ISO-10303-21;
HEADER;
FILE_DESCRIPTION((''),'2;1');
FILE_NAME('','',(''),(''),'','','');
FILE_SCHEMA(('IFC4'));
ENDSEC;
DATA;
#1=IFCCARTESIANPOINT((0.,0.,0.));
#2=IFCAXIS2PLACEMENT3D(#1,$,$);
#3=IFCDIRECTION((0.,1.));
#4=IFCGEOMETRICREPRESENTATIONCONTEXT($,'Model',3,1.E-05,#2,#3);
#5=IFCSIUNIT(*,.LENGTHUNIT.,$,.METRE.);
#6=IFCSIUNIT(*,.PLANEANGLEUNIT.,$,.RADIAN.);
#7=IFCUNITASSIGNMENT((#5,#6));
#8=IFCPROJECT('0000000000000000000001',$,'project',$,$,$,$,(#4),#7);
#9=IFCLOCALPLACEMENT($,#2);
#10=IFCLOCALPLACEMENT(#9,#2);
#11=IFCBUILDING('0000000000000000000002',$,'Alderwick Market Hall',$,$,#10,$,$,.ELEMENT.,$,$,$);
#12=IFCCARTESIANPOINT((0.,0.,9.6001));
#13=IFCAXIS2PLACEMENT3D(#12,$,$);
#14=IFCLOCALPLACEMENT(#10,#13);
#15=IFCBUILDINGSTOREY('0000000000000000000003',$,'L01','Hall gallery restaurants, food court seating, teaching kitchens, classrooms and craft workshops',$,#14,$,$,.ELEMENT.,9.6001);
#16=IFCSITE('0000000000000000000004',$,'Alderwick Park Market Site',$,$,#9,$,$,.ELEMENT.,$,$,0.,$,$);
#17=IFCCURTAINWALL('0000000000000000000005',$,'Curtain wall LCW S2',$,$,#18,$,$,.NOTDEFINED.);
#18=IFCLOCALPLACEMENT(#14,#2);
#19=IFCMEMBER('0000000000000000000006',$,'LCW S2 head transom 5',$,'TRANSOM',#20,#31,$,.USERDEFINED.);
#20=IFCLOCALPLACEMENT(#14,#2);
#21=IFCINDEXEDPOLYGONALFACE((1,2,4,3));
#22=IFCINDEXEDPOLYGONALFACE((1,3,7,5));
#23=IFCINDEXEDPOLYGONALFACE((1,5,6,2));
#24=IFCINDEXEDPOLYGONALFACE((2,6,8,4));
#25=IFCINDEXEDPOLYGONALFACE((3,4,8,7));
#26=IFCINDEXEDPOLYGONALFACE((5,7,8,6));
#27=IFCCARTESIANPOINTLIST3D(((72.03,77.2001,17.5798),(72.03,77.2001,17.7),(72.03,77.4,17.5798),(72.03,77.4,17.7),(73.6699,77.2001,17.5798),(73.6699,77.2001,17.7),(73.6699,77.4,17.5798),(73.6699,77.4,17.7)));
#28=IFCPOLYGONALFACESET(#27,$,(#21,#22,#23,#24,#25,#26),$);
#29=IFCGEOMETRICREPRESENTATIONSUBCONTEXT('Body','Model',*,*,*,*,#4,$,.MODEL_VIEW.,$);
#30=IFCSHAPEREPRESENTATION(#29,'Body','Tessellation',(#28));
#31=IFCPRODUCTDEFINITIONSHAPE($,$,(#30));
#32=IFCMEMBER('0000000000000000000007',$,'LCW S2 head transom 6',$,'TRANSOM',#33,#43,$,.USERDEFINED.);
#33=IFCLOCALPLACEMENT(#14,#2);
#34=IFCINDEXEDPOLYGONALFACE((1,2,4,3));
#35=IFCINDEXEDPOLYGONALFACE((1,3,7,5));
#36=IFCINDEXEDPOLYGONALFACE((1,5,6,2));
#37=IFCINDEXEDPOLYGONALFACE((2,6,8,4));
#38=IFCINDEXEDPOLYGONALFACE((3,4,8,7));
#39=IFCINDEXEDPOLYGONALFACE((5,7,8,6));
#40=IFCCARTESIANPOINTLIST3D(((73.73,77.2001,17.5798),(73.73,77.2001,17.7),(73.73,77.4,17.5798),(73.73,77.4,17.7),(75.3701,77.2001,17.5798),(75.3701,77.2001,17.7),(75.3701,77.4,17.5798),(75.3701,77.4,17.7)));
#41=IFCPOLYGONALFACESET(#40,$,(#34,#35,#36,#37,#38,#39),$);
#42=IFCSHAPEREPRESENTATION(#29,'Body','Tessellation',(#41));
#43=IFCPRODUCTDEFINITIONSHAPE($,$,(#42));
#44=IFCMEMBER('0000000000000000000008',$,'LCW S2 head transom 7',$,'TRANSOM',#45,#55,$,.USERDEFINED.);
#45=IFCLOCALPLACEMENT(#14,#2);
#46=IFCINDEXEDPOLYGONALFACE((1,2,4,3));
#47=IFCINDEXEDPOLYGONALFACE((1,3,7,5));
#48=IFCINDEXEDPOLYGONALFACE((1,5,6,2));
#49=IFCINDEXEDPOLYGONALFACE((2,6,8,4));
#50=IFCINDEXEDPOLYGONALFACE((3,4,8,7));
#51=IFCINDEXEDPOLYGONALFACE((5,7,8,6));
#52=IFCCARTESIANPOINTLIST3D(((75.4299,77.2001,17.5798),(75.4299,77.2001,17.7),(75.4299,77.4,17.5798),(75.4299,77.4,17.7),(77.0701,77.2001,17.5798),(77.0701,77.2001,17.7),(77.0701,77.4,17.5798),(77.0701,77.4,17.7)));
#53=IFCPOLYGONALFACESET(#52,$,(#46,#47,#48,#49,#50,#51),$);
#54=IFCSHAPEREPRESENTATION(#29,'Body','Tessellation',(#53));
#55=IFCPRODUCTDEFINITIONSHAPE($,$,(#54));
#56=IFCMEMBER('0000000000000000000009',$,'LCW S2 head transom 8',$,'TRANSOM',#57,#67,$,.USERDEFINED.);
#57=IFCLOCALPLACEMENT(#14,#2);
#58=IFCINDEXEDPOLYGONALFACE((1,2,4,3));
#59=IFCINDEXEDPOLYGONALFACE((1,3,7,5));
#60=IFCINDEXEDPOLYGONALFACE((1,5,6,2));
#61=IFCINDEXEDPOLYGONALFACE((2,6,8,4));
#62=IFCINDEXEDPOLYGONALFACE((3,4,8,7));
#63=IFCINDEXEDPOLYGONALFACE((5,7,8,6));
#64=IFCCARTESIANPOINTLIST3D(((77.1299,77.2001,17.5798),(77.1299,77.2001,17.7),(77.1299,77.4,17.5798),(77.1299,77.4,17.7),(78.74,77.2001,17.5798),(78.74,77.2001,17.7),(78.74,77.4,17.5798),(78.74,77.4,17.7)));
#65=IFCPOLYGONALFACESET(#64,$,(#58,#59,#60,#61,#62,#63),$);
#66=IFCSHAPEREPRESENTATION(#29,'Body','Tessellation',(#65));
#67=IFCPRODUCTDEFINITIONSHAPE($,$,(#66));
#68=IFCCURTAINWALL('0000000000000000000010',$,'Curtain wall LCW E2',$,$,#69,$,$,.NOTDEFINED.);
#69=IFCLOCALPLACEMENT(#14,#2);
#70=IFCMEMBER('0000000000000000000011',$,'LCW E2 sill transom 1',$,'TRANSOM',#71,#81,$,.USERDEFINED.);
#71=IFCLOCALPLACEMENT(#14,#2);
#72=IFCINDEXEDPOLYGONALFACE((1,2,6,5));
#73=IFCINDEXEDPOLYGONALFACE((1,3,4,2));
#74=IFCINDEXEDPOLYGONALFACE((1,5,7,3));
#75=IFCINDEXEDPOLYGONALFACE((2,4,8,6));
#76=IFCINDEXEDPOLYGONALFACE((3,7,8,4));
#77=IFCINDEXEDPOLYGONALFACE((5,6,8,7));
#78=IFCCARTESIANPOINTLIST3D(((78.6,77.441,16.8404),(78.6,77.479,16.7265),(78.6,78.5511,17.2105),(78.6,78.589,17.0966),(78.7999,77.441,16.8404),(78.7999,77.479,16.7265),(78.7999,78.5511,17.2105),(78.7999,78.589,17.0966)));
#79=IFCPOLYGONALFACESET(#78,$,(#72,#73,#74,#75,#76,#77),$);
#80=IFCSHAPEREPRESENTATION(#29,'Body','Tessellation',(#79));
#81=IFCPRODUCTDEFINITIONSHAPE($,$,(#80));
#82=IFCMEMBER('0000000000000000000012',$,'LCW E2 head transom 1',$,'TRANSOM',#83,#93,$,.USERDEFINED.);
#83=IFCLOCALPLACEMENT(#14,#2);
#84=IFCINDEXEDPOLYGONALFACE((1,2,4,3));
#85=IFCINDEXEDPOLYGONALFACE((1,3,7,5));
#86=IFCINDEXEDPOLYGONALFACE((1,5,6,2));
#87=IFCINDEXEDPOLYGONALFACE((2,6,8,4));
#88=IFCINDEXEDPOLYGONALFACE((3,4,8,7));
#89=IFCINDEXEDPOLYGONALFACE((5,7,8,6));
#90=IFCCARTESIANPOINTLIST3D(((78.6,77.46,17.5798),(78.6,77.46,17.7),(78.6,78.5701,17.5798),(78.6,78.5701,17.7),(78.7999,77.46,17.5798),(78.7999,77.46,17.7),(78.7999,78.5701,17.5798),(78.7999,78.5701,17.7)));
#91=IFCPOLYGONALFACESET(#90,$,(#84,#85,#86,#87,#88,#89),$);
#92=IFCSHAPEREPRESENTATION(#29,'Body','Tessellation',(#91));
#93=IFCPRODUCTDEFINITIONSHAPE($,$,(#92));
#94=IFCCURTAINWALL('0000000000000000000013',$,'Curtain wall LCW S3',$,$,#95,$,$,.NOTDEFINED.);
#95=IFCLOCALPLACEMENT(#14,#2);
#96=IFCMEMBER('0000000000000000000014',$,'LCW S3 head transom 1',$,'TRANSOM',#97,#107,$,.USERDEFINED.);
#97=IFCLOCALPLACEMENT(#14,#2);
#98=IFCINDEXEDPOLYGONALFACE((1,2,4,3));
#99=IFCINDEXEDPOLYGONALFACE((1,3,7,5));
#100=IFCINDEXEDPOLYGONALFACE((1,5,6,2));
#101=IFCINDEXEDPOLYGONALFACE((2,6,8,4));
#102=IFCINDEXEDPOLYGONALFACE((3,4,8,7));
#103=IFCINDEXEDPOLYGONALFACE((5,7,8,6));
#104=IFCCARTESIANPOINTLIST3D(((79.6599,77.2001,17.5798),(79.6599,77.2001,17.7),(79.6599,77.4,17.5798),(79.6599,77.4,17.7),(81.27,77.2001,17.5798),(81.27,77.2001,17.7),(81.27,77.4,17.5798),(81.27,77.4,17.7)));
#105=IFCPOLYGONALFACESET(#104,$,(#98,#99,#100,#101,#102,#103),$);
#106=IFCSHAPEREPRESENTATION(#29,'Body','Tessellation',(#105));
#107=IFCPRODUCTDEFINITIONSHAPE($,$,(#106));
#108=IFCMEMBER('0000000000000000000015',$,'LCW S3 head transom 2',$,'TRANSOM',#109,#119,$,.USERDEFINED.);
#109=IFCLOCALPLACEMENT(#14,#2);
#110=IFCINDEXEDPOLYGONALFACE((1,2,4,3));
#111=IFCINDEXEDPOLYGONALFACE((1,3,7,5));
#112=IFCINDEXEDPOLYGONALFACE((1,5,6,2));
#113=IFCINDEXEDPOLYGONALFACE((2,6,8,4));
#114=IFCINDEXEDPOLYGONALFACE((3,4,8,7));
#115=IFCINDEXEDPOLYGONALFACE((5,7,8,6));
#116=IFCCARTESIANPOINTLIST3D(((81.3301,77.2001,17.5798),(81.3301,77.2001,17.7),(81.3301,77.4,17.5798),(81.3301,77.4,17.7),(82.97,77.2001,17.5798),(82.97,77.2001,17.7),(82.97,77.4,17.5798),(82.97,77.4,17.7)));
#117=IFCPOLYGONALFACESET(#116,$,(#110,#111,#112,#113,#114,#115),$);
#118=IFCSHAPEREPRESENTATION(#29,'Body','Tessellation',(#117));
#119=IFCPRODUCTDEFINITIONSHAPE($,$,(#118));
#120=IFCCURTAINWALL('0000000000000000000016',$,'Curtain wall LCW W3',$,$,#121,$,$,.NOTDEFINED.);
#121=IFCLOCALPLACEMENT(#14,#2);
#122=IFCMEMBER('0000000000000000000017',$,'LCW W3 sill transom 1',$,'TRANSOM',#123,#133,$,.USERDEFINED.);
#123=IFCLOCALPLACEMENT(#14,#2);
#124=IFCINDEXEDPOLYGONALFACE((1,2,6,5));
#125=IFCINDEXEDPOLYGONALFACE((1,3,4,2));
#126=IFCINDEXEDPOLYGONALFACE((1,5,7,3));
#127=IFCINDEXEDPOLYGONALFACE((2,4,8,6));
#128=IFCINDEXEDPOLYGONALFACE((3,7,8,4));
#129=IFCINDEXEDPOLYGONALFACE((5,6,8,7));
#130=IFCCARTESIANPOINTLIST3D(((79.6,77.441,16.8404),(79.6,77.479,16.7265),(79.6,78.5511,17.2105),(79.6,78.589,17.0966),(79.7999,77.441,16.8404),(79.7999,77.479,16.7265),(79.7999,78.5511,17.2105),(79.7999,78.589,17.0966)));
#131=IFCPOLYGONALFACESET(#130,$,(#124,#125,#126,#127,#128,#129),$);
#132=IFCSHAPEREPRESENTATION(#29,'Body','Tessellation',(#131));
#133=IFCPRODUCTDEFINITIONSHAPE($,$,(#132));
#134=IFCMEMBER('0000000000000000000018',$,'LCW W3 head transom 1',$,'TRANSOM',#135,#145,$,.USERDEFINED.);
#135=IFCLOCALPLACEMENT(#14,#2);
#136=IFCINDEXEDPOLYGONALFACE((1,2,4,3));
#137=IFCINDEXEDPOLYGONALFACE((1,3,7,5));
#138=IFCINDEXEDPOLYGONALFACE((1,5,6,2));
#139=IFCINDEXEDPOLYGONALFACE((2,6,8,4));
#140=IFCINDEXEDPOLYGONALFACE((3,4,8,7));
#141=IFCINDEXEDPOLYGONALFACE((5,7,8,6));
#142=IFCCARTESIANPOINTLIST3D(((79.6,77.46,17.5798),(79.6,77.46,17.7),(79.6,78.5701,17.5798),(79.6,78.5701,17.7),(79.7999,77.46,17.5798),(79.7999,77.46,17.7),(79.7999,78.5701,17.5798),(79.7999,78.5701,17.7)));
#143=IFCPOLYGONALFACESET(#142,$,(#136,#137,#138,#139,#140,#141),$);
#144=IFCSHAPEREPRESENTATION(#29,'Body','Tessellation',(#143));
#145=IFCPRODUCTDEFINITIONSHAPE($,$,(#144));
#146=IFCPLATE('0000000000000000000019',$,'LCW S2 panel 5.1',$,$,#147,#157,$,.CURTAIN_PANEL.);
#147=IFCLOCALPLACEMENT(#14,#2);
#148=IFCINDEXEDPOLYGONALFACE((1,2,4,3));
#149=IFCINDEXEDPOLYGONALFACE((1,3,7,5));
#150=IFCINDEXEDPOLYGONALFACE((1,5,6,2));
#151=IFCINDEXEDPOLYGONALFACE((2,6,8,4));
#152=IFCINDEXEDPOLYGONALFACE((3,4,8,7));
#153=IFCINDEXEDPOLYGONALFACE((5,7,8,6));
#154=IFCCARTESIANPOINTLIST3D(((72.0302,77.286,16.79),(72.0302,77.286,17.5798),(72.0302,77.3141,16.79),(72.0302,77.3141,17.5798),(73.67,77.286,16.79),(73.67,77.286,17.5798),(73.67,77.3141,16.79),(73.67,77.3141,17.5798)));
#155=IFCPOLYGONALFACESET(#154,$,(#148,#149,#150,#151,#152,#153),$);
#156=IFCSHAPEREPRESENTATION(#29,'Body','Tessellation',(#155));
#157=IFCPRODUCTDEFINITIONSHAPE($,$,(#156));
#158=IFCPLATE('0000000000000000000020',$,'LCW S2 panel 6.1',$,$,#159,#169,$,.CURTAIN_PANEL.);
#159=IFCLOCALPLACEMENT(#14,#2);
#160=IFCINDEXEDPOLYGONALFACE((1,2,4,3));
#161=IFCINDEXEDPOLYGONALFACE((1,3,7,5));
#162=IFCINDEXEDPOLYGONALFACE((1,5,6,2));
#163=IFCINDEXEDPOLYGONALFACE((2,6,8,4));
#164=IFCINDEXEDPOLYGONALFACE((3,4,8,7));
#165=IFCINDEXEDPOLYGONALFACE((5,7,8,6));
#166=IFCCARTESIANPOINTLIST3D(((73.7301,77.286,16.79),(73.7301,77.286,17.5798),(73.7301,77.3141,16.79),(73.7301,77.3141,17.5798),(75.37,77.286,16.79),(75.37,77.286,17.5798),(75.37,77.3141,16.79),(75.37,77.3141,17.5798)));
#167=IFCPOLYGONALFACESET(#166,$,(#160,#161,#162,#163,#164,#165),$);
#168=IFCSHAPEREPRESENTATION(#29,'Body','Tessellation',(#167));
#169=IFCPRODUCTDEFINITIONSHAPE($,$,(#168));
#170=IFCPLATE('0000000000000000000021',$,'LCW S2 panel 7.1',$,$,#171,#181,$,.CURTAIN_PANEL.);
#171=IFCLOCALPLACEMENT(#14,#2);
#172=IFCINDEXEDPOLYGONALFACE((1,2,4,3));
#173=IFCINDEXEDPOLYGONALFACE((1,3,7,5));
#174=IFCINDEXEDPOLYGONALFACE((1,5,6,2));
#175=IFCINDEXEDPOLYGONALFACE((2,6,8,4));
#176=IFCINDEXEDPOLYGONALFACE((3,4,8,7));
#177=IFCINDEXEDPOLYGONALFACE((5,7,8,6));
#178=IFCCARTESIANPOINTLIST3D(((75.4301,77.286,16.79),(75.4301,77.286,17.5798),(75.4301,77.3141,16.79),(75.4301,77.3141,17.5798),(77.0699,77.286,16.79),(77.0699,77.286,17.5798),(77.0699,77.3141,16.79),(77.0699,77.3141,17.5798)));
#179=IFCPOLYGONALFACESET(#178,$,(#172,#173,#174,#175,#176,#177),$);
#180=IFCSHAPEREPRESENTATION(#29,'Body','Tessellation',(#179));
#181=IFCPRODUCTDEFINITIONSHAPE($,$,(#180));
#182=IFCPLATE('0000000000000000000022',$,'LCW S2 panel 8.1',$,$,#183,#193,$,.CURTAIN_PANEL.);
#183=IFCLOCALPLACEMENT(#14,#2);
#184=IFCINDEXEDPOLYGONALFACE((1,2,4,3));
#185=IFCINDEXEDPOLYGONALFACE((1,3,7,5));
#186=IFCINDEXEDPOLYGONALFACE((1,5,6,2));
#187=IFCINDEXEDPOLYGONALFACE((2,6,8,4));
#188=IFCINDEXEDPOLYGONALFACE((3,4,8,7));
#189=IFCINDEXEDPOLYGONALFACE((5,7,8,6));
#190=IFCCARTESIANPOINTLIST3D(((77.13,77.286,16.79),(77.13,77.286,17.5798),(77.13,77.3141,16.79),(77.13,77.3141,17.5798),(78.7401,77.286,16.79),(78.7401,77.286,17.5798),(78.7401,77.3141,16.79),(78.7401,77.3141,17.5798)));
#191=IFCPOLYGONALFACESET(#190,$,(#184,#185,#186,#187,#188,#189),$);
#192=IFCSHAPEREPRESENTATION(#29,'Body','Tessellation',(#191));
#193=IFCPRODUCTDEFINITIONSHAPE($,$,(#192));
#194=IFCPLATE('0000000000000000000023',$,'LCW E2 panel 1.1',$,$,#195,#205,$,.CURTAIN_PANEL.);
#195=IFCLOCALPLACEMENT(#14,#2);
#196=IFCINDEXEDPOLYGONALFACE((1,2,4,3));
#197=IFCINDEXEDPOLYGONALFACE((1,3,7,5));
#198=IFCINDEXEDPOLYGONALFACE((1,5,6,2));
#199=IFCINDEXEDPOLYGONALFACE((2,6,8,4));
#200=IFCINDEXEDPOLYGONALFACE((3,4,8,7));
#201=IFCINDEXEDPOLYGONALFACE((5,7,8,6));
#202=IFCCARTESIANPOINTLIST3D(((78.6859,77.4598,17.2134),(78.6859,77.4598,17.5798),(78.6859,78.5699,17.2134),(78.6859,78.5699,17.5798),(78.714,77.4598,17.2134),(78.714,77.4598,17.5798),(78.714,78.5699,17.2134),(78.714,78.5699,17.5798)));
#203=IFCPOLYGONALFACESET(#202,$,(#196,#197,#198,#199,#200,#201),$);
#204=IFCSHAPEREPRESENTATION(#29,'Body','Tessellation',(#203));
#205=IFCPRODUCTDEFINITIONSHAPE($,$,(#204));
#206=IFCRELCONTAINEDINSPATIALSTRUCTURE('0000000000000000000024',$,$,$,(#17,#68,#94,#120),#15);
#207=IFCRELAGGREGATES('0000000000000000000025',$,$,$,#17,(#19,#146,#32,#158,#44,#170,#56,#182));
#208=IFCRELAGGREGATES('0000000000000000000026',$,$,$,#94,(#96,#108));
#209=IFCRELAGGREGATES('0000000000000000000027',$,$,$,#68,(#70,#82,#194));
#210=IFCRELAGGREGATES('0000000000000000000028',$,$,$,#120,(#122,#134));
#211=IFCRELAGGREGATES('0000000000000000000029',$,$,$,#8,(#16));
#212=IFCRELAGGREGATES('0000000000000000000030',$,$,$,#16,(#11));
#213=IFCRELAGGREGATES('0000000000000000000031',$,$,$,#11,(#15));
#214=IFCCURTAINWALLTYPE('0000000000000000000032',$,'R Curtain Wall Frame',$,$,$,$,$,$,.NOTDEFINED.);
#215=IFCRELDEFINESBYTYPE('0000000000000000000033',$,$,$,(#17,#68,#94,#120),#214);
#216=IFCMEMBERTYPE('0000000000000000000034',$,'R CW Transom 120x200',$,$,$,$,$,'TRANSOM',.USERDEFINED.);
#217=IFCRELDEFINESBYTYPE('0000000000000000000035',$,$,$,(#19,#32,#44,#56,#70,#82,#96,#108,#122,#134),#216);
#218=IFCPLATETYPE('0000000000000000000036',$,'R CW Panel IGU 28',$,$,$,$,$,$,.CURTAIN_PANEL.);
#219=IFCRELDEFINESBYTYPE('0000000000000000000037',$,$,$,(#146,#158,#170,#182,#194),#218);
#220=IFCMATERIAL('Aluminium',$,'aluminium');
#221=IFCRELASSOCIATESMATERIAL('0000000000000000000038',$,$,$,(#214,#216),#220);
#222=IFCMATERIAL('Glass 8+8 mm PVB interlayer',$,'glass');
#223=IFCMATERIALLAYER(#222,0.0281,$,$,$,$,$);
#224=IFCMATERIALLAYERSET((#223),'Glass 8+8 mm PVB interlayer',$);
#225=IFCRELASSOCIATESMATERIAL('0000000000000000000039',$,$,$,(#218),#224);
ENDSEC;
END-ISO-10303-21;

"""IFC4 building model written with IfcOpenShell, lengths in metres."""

from ifc_helpers import new_model, si_unit, direction, frame, origin, origin_2d, place, context, subcontext, project, spatial, rectangle, extrude, material, layer, layer_set, material_profile, profile_set, type_object, element, aggregate, save


model = new_model("IFC4")

# Units and contexts
model_context = context("Model", 3, precision=1e-05, world=origin(), true_north=direction((0.0, 1.0)))
body_context = subcontext(model_context, "Body", "Model", "MODEL_VIEW")
ifc_project = project(units=[si_unit("LENGTHUNIT", "METRE"), si_unit("PLANEANGLEUNIT", "RADIAN")], contexts=[model_context])

# Site, building, storey
site_placement = place(None, origin())
site = spatial("IfcSite", under=ifc_project, at=site_placement, Name="Alderwick Park Market Site", CompositionType="ELEMENT", RefElevation=0.0)
building_placement = place(site_placement, origin())
building = spatial("IfcBuilding", under=site, at=building_placement, Name="Alderwick Market Hall", CompositionType="ELEMENT")
storey_placement = place(building_placement, frame((0.0, 0.0, 9.6001)))
storey = spatial("IfcBuildingStorey", under=building, at=storey_placement, Name="L01", Description="Hall gallery restaurants, food court seating, teaching kitchens, classrooms and craft workshops", CompositionType="ELEMENT", Elevation=9.6001)

# Curtain walls, members
ifc_material_1 = material(Name="Aluminium", Category="aluminium")
curtain_wall_type = type_object("IfcCurtainWallType", Name="R Curtain Wall Frame", PredefinedType="NOTDEFINED", material=ifc_material_1)
curtain_wall_1_placement = place(storey_placement, origin())
curtain_wall_1 = element("IfcCurtainWall", 1, at=curtain_wall_1_placement, inside=storey, type_object=curtain_wall_type, Name="Curtain wall LCW S2", PredefinedType="NOTDEFINED")
ifc_material_profile = material_profile(ifc_material_1, rectangle(XDim=0.2, YDim=0.1201, at=origin_2d()), Name="AL 120x200")
ifc_profile_set = profile_set([ifc_material_profile], Name="Aluminium")
member_type = type_object("IfcMemberType", Name="R CW Transom 120x200", ElementType="TRANSOM", PredefinedType="USERDEFINED", material=ifc_profile_set)
member_1_placement = place(storey_placement, frame((72.03, 77.3, 17.6399), z_axis=(1.0, 0.0, 0.0), x_axis=(0.0, 1.0, 0.0)))
member_1 = element("IfcMember", 2, at=member_1_placement, type_object=member_type, Name="LCW S2 head transom 5", ObjectType="TRANSOM", PredefinedType="USERDEFINED", context=body_context, shape_type="SweptSolid", body=[
    extrude(rectangle(XDim=0.2, YDim=0.1201, at=origin_2d()), origin(), (0.0, 0.0, 1.0), 1.6399),
])
member_2_placement = place(storey_placement, frame((73.73, 77.3, 17.6399), z_axis=(1.0, 0.0, 0.0), x_axis=(0.0, 1.0, 0.0)))
member_2 = element("IfcMember", 3, at=member_2_placement, type_object=member_type, Name="LCW S2 head transom 6", ObjectType="TRANSOM", PredefinedType="USERDEFINED", context=body_context, shape_type="SweptSolid", body=[
    extrude(rectangle(XDim=0.2, YDim=0.1201, at=origin_2d()), origin(), (0.0, 0.0, 1.0), 1.6401),
])
member_3_placement = place(storey_placement, frame((75.4299, 77.3, 17.6399), z_axis=(1.0, 0.0, 0.0), x_axis=(0.0, 1.0, 0.0)))
member_3 = element("IfcMember", 4, at=member_3_placement, type_object=member_type, Name="LCW S2 head transom 7", ObjectType="TRANSOM", PredefinedType="USERDEFINED", context=body_context, shape_type="SweptSolid", body=[
    extrude(rectangle(XDim=0.2, YDim=0.1201, at=origin_2d()), origin(), (0.0, 0.0, 1.0), 1.6401),
])
member_4_placement = place(storey_placement, frame((77.1299, 77.3, 17.6399), z_axis=(1.0, 0.0, 0.0), x_axis=(0.0, 1.0, 0.0)))
member_4 = element("IfcMember", 5, at=member_4_placement, type_object=member_type, Name="LCW S2 head transom 8", ObjectType="TRANSOM", PredefinedType="USERDEFINED", context=body_context, shape_type="SweptSolid", body=[
    extrude(rectangle(XDim=0.2, YDim=0.1201, at=origin_2d()), origin(), (0.0, 0.0, 1.0), 1.6101),
])
curtain_wall_2_placement = place(storey_placement, origin())
curtain_wall_2 = element("IfcCurtainWall", 6, at=curtain_wall_2_placement, inside=storey, type_object=curtain_wall_type, Name="Curtain wall LCW E2", PredefinedType="NOTDEFINED")
member_5_placement = place(storey_placement, frame((78.7, 77.46, 16.7834), z_axis=(0.0, 0.948662, 0.31629), x_axis=(-1.0, 0.0, 0.0)))
member_5 = element("IfcMember", 7, at=member_5_placement, type_object=member_type, Name="LCW E2 sill transom 1", ObjectType="TRANSOM", PredefinedType="USERDEFINED", context=body_context, shape_type="SweptSolid", body=[
    extrude(rectangle(XDim=0.2, YDim=0.1201, at=origin_2d()), origin(), (0.0, 0.0, 1.0), 1.1702),
])
member_6_placement = place(storey_placement, frame((78.7, 77.46, 17.6399), z_axis=(0.0, 1.0, 0.0), x_axis=(-1.0, 0.0, 0.0)))
member_6 = element("IfcMember", 8, at=member_6_placement, type_object=member_type, Name="LCW E2 head transom 1", ObjectType="TRANSOM", PredefinedType="USERDEFINED", context=body_context, shape_type="SweptSolid", body=[
    extrude(rectangle(XDim=0.2, YDim=0.1201, at=origin_2d()), origin(), (0.0, 0.0, 1.0), 1.1101),
])
curtain_wall_3_placement = place(storey_placement, origin())
curtain_wall_3 = element("IfcCurtainWall", 9, at=curtain_wall_3_placement, inside=storey, type_object=curtain_wall_type, Name="Curtain wall LCW S3", PredefinedType="NOTDEFINED")
member_7_placement = place(storey_placement, frame((79.6599, 77.3, 17.6399), z_axis=(1.0, 0.0, 0.0), x_axis=(0.0, 1.0, 0.0)))
member_7 = element("IfcMember", 10, at=member_7_placement, type_object=member_type, Name="LCW S3 head transom 1", ObjectType="TRANSOM", PredefinedType="USERDEFINED", context=body_context, shape_type="SweptSolid", body=[
    extrude(rectangle(XDim=0.2, YDim=0.1201, at=origin_2d()), origin(), (0.0, 0.0, 1.0), 1.6101),
])
member_8_placement = place(storey_placement, frame((81.3301, 77.3, 17.6399), z_axis=(1.0, 0.0, 0.0), x_axis=(0.0, 1.0, 0.0)))
member_8 = element("IfcMember", 11, at=member_8_placement, type_object=member_type, Name="LCW S3 head transom 2", ObjectType="TRANSOM", PredefinedType="USERDEFINED", context=body_context, shape_type="SweptSolid", body=[
    extrude(rectangle(XDim=0.2, YDim=0.1201, at=origin_2d()), origin(), (0.0, 0.0, 1.0), 1.6399),
])
curtain_wall_4_placement = place(storey_placement, origin())
curtain_wall_4 = element("IfcCurtainWall", 12, at=curtain_wall_4_placement, inside=storey, type_object=curtain_wall_type, Name="Curtain wall LCW W3", PredefinedType="NOTDEFINED")
member_9_placement = place(storey_placement, frame((79.7, 77.46, 16.7834), z_axis=(0.0, 0.948662, 0.31629), x_axis=(-1.0, 0.0, 0.0)))
member_9 = element("IfcMember", 13, at=member_9_placement, type_object=member_type, Name="LCW W3 sill transom 1", ObjectType="TRANSOM", PredefinedType="USERDEFINED", context=body_context, shape_type="SweptSolid", body=[
    extrude(rectangle(XDim=0.2, YDim=0.1201, at=origin_2d()), origin(), (0.0, 0.0, 1.0), 1.1702),
])
member_10_placement = place(storey_placement, frame((79.7, 77.46, 17.6399), z_axis=(0.0, 1.0, 0.0), x_axis=(-1.0, 0.0, 0.0)))
member_10 = element("IfcMember", 14, at=member_10_placement, type_object=member_type, Name="LCW W3 head transom 1", ObjectType="TRANSOM", PredefinedType="USERDEFINED", context=body_context, shape_type="SweptSolid", body=[
    extrude(rectangle(XDim=0.2, YDim=0.1201, at=origin_2d()), origin(), (0.0, 0.0, 1.0), 1.1101),
])

# Plates
ifc_material_2 = material(Name="Glass 8+8 mm PVB interlayer", Category="glass")
ifc_layer_1 = layer(ifc_material_2, 0.0281)
ifc_layer_set_1 = layer_set([ifc_layer_1], Name="Glass 8+8 mm PVB interlayer")
plate_type_1 = type_object("IfcPlateType", Name="R CW Panel IGU 28", PredefinedType="CURTAIN_PANEL", material=ifc_layer_set_1)
plate_1_placement = place(storey_placement, frame((72.8501, 77.3, 16.79), z_axis=(0.0, 0.0, 1.0), x_axis=(1.0, 0.0, 0.0)))
plate_1 = element("IfcPlate", 15, at=plate_1_placement, type_object=plate_type_1, Name="LCW S2 panel 5.1", PredefinedType="CURTAIN_PANEL", context=body_context, shape_type="SweptSolid", body=[
    extrude(rectangle(XDim=1.6399, YDim=0.0281, at=origin_2d()), origin(), (0.0, 0.0, 1.0), 0.7898),
])
plate_2_placement = place(storey_placement, frame((74.55, 77.3, 16.79), z_axis=(0.0, 0.0, 1.0), x_axis=(1.0, 0.0, 0.0)))
plate_2 = element("IfcPlate", 16, at=plate_2_placement, type_object=plate_type_1, Name="LCW S2 panel 6.1", PredefinedType="CURTAIN_PANEL", context=body_context, shape_type="SweptSolid", body=[
    extrude(rectangle(XDim=1.6399, YDim=0.0281, at=origin_2d()), origin(), (0.0, 0.0, 1.0), 0.7898),
])
plate_3_placement = place(storey_placement, frame((76.25, 77.3, 16.79), z_axis=(0.0, 0.0, 1.0), x_axis=(1.0, 0.0, 0.0)))
plate_3 = element("IfcPlate", 17, at=plate_3_placement, type_object=plate_type_1, Name="LCW S2 panel 7.1", PredefinedType="CURTAIN_PANEL", context=body_context, shape_type="SweptSolid", body=[
    extrude(rectangle(XDim=1.6399, YDim=0.0281, at=origin_2d()), origin(), (0.0, 0.0, 1.0), 0.7898),
])
plate_4_placement = place(storey_placement, frame((77.9351, 77.3, 16.79), z_axis=(0.0, 0.0, 1.0), x_axis=(1.0, 0.0, 0.0)))
plate_4 = element("IfcPlate", 18, at=plate_4_placement, type_object=plate_type_1, Name="LCW S2 panel 8.1", PredefinedType="CURTAIN_PANEL", context=body_context, shape_type="SweptSolid", body=[
    extrude(rectangle(XDim=1.6101, YDim=0.0281, at=origin_2d()), origin(), (0.0, 0.0, 1.0), 0.7898),
])
aggregate(curtain_wall_1, [member_1, plate_1, member_2, plate_2, member_3, plate_3, member_4, plate_4])
plate_5_placement = place(storey_placement, frame((78.7, 78.0149, 17.2134), z_axis=(0.0, 0.0, 1.0), x_axis=(1.0, 0.0, 0.0)))
plate_5 = element("IfcPlate", 19, at=plate_5_placement, type_object=plate_type_1, Name="LCW E2 panel 1.1", PredefinedType="CURTAIN_PANEL", context=body_context, shape_type="SweptSolid", body=[
    extrude(rectangle(XDim=0.0281, YDim=1.1101, at=origin_2d()), origin(), (0.0, 0.0, 1.0), 0.3665),
])
aggregate(curtain_wall_3, [member_7, member_8])

aggregate(curtain_wall_2, [member_5, member_6, plate_5])
aggregate(curtain_wall_4, [member_9, member_10])

save(model, "model.ifc")
